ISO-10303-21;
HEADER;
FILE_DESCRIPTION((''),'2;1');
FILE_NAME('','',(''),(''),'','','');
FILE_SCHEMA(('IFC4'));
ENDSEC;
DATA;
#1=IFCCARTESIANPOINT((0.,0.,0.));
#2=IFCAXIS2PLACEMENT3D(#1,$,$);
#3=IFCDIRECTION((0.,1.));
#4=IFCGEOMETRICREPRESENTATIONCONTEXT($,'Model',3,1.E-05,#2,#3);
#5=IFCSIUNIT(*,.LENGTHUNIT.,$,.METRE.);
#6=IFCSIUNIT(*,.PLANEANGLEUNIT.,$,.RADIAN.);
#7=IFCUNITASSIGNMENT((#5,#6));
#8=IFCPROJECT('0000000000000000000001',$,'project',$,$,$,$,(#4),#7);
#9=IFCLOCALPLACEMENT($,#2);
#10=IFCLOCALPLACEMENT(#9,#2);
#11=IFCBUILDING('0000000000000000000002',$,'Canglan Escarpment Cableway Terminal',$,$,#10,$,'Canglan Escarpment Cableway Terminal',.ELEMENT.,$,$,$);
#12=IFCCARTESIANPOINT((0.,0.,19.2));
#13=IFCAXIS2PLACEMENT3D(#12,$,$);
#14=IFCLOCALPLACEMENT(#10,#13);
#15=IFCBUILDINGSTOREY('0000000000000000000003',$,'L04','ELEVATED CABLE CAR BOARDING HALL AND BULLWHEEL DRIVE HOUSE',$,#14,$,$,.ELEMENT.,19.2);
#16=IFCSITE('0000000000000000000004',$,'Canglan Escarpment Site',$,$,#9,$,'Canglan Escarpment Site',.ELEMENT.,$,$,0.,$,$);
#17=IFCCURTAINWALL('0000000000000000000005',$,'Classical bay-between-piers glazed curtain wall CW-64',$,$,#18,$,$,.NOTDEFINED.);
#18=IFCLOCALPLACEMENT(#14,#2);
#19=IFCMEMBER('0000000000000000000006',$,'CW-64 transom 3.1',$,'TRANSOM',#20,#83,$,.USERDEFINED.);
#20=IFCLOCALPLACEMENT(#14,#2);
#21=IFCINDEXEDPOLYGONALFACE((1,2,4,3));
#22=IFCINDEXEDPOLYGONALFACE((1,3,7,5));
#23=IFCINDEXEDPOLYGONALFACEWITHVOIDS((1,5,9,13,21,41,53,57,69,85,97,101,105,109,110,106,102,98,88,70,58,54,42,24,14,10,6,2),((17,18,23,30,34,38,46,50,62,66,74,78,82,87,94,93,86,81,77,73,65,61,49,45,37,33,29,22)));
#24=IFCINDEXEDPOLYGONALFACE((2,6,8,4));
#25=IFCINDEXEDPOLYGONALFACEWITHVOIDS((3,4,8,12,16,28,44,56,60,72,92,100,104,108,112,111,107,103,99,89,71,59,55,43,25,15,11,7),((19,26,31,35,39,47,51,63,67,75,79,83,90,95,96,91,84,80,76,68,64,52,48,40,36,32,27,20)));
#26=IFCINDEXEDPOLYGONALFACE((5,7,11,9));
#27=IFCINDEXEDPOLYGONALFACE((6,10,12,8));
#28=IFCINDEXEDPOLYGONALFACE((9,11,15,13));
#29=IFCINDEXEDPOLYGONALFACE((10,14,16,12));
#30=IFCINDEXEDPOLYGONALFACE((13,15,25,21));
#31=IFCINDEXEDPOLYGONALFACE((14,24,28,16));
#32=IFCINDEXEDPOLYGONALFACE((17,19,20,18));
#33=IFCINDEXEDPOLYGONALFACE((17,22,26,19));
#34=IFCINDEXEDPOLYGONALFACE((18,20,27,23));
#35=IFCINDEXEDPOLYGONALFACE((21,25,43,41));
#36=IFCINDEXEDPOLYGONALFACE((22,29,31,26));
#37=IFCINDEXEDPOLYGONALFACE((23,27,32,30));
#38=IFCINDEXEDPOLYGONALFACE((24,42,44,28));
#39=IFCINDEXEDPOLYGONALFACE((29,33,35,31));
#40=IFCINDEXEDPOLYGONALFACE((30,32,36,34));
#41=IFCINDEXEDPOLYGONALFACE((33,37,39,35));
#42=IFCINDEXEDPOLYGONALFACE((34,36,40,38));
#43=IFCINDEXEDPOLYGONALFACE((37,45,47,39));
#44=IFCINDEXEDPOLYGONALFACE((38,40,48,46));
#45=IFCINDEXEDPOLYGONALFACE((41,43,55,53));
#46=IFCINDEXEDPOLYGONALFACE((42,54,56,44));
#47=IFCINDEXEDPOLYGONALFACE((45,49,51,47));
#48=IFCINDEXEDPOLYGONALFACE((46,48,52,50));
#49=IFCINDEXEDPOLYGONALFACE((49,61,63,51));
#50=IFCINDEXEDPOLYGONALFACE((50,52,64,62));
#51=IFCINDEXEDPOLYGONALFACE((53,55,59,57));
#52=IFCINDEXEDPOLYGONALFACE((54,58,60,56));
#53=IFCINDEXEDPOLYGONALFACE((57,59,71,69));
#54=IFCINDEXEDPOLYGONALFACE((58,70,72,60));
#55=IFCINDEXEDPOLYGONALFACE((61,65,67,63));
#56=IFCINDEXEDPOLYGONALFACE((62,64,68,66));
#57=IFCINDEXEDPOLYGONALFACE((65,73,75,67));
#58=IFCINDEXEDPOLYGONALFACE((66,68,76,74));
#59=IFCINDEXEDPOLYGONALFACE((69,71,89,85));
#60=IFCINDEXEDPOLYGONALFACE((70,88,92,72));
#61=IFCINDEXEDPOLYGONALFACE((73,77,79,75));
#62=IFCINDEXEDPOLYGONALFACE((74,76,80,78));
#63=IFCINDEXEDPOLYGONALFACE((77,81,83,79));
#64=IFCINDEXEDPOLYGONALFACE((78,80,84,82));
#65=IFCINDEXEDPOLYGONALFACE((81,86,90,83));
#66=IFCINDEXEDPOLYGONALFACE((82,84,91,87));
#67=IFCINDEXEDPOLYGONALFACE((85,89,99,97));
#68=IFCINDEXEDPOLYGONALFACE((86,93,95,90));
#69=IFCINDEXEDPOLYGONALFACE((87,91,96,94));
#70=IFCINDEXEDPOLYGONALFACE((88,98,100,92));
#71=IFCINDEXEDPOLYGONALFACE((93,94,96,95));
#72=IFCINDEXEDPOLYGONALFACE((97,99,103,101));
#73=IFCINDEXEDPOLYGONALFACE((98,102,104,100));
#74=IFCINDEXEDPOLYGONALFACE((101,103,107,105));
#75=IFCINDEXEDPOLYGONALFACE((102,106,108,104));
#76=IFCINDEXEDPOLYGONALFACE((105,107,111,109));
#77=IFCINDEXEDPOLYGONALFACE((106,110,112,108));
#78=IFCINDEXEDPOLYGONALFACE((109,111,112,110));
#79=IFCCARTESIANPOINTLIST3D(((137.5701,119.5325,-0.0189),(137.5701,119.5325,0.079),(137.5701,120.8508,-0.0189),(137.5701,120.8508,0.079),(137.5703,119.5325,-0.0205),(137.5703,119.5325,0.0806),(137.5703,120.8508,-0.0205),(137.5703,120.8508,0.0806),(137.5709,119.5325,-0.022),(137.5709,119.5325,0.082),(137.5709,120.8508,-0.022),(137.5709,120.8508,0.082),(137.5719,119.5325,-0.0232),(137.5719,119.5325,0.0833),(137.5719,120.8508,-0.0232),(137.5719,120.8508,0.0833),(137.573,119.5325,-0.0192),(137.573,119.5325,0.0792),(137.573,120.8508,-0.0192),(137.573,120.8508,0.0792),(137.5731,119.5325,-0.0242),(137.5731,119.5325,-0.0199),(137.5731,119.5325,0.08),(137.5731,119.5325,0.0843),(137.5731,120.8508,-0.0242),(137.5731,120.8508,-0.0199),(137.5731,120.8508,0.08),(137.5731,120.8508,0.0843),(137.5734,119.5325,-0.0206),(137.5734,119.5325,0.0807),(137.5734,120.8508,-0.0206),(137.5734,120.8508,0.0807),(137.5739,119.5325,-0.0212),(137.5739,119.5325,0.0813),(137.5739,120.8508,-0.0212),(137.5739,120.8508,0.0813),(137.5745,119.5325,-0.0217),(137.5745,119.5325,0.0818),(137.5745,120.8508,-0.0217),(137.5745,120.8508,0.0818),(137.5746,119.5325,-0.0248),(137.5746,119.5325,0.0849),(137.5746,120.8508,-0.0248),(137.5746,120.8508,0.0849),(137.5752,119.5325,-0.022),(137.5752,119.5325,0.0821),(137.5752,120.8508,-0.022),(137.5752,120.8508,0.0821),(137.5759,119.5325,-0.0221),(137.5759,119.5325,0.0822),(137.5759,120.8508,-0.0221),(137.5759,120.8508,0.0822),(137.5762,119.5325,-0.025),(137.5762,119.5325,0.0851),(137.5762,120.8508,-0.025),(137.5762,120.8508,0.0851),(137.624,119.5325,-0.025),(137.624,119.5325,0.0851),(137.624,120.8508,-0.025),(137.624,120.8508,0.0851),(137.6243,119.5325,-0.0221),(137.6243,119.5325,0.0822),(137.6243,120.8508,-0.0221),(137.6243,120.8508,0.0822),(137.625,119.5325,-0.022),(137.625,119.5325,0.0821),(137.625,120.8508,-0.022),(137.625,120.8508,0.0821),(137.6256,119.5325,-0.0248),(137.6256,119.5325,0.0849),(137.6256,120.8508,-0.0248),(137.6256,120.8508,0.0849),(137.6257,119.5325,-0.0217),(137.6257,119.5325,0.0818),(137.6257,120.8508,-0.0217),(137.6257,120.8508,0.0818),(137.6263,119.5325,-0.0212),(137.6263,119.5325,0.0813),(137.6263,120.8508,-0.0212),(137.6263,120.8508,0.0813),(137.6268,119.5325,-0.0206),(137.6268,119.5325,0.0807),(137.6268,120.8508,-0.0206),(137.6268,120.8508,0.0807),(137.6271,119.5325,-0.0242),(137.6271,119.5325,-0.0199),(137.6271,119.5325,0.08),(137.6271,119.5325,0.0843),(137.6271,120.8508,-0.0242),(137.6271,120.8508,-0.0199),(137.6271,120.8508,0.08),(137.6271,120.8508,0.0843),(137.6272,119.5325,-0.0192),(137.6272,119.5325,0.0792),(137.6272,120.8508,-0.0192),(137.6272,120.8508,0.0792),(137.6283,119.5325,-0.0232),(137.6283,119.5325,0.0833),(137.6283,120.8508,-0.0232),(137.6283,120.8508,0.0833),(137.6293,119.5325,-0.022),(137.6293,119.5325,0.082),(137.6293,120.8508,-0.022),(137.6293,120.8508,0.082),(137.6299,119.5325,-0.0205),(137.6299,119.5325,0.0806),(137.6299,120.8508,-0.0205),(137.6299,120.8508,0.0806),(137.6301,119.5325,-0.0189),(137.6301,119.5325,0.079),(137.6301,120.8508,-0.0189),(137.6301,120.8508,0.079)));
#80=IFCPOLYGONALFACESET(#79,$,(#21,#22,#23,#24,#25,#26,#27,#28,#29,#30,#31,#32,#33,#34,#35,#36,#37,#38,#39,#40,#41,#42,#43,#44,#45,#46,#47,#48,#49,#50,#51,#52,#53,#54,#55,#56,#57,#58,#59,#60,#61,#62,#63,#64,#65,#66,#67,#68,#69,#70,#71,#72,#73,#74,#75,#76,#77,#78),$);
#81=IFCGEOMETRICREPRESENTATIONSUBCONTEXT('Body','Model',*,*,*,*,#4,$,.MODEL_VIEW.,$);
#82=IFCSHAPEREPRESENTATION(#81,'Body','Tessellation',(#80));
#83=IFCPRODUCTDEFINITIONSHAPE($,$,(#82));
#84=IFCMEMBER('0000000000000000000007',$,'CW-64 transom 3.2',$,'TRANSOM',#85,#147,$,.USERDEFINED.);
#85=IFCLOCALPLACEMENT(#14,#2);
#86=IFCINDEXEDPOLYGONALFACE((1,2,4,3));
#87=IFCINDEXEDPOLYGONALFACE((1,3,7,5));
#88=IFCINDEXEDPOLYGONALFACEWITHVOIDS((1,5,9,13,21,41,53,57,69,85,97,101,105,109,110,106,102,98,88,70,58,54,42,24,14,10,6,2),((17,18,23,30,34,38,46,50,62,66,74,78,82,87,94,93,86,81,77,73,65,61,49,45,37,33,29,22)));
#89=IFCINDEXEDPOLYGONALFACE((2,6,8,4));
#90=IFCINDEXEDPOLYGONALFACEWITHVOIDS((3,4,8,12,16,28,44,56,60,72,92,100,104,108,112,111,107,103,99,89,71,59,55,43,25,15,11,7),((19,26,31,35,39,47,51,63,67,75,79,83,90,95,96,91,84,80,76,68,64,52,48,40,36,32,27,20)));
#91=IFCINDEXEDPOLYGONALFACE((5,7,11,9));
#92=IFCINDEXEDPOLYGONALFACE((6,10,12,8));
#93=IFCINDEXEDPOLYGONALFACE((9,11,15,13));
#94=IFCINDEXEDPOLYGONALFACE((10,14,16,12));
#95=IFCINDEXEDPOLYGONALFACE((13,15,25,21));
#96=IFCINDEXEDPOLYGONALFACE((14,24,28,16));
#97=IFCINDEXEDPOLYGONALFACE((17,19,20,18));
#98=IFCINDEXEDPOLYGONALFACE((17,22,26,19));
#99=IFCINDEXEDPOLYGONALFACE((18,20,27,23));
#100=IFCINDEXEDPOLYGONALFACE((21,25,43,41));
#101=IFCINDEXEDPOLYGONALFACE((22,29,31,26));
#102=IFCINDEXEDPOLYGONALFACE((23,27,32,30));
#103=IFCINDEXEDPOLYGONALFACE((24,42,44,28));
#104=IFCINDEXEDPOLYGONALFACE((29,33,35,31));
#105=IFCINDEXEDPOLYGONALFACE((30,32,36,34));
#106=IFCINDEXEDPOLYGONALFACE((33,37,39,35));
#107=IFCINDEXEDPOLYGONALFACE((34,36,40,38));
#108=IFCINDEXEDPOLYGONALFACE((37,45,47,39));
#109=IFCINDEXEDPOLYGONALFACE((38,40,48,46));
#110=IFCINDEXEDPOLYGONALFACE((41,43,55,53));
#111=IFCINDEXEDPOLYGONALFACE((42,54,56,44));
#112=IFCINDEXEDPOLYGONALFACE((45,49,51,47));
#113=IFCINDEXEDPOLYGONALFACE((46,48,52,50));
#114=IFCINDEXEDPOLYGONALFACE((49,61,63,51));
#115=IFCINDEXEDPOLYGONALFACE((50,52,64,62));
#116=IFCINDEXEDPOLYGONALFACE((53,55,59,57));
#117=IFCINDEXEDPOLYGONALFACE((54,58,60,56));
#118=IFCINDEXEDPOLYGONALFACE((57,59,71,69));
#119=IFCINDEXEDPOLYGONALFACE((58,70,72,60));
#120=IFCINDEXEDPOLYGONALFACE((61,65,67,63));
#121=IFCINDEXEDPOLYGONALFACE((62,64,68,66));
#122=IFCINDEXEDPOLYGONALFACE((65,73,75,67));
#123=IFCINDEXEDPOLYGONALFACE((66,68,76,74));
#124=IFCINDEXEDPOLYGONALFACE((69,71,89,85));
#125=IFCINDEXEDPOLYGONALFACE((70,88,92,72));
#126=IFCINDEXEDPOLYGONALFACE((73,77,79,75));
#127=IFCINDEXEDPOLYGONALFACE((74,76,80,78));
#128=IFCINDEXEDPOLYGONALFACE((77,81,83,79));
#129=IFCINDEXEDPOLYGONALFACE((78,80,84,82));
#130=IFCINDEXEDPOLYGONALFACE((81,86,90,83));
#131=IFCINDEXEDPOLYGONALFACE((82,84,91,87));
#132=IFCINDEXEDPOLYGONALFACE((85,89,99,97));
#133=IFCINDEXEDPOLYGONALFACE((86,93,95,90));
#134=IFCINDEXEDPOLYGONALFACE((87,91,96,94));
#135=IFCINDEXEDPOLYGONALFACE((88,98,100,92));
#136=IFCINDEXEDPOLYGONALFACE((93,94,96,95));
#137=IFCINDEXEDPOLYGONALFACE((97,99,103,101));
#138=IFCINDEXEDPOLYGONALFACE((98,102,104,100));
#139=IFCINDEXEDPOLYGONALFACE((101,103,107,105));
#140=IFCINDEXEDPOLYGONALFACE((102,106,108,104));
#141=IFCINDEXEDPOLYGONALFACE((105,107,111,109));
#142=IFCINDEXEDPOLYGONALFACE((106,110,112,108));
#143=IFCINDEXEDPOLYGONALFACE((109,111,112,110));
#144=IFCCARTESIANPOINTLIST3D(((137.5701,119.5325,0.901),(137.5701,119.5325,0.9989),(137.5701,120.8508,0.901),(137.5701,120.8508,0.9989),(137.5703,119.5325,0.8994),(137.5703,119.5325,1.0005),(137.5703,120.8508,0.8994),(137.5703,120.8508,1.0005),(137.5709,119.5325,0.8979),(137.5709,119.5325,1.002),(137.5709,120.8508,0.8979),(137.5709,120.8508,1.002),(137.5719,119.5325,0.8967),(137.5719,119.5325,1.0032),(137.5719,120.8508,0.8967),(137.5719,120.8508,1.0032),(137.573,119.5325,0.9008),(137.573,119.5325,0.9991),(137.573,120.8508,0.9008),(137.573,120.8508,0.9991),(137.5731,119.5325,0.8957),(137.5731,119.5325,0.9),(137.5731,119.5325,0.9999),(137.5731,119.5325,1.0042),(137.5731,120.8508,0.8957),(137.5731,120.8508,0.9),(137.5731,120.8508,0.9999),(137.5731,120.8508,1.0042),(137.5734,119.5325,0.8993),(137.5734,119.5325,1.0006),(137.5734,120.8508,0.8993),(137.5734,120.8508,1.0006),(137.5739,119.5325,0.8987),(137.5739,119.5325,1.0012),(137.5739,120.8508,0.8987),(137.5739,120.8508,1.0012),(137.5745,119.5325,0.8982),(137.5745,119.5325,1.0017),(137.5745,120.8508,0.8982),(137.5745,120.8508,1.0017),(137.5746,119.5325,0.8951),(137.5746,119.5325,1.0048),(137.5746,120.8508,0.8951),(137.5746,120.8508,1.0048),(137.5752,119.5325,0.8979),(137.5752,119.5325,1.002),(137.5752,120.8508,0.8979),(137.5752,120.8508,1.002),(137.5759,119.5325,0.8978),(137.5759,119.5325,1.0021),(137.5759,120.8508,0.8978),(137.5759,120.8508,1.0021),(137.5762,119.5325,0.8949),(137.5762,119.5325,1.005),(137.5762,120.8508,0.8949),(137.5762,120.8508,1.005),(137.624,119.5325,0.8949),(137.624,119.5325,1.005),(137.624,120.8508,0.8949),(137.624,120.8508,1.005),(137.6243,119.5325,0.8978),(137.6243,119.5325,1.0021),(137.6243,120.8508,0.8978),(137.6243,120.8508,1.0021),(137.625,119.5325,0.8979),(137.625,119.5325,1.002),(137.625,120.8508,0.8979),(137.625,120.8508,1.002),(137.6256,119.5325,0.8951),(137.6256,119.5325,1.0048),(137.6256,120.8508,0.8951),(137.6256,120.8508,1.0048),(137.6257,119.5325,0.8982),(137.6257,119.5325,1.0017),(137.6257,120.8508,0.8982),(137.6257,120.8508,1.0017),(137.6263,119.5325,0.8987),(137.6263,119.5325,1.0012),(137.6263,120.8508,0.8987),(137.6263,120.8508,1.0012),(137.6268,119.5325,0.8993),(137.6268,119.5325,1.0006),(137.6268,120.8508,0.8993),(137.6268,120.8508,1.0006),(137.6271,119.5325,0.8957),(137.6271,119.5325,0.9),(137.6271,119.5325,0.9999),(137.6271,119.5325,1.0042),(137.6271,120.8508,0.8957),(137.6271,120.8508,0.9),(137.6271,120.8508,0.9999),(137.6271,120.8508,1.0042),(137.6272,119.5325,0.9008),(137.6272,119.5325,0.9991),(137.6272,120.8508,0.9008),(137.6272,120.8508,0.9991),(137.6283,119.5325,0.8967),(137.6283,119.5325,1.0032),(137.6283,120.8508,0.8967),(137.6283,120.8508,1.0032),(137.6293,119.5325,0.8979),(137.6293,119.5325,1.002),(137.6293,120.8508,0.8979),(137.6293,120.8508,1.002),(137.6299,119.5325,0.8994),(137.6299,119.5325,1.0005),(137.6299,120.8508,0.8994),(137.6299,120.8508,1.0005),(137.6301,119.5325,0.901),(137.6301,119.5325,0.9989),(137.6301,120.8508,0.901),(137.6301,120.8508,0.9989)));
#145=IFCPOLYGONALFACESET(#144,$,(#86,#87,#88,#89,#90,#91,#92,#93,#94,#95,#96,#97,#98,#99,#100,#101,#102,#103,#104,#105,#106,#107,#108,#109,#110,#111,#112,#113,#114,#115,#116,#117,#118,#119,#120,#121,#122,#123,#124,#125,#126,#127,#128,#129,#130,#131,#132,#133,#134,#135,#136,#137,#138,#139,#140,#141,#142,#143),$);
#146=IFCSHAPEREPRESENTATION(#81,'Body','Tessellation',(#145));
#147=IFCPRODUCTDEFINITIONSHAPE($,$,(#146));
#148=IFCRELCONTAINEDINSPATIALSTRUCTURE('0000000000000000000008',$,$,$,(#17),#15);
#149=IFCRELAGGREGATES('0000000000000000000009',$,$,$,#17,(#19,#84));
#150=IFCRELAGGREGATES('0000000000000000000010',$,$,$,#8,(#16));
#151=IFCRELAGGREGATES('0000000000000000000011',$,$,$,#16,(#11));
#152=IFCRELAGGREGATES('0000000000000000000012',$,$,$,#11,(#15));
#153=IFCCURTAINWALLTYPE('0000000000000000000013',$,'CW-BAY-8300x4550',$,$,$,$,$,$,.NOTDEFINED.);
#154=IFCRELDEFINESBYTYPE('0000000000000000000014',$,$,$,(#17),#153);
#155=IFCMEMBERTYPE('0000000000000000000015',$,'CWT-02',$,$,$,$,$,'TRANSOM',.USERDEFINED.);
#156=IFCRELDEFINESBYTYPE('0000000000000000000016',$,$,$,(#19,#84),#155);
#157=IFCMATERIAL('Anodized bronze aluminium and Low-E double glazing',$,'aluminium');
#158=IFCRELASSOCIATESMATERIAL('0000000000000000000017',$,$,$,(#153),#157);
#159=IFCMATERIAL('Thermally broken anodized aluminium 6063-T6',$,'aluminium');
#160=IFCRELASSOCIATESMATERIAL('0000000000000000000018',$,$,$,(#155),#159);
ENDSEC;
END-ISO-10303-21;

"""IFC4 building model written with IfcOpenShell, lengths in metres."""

from ifc_helpers import new_model, si_unit, direction, frame, origin, origin_2d, place, context, subcontext, project, spatial, hollow_rectangle, extrude, material, material_profile, profile_set, type_object, element, aggregate, save


model = new_model("IFC4")

# Units and contexts
model_context = context("Model", 3, precision=1e-05, world=origin(), true_north=direction((0.0, 1.0)))
body_context = subcontext(model_context, "Body", "Model", "MODEL_VIEW")
ifc_project = project(units=[si_unit("LENGTHUNIT", "METRE"), si_unit("PLANEANGLEUNIT", "RADIAN")], contexts=[model_context])

# Site, building, storey
site_placement = place(None, origin())
site = spatial("IfcSite", under=ifc_project, at=site_placement, Name="Canglan Escarpment Site", LongName="Canglan Escarpment Site", CompositionType="ELEMENT", RefElevation=0.0)
building_placement = place(site_placement, origin())
building = spatial("IfcBuilding", under=site, at=building_placement, Name="Canglan Escarpment Cableway Terminal", LongName="Canglan Escarpment Cableway Terminal", CompositionType="ELEMENT")
storey_placement = place(building_placement, frame((0.0, 0.0, 19.2)))
storey = spatial("IfcBuildingStorey", under=building, at=storey_placement, Name="L04", Description="ELEVATED CABLE CAR BOARDING HALL AND BULLWHEEL DRIVE HOUSE", CompositionType="ELEMENT", Elevation=19.2)

# Curtain wall, members
ifc_material_1 = material(Name="Anodized bronze aluminium and Low-E double glazing", Category="aluminium")
curtain_wall_type = type_object("IfcCurtainWallType", Name="CW-BAY-8300x4550", PredefinedType="NOTDEFINED", material=ifc_material_1)
curtain_wall_placement = place(storey_placement, origin())
curtain_wall = element("IfcCurtainWall", 1, at=curtain_wall_placement, inside=storey, type_object=curtain_wall_type, Name="Classical bay-between-piers glazed curtain wall CW-64", PredefinedType="NOTDEFINED")
ifc_material_2 = material(Name="Thermally broken anodized aluminium 6063-T6", Category="aluminium")
ifc_material_profile_1 = material_profile(ifc_material_2, hollow_rectangle(XDim=0.0601, YDim=0.1101, WallThickness=0.0029, InnerFilletRadius=0.0029, OuterFilletRadius=0.0061, at=origin_2d()), Name="ALU-TRAN 60x110x3")
ifc_profile_set_1 = profile_set([ifc_material_profile_1], Name="Thermally broken anodized aluminium 6063-T6")
member_type_1 = type_object("IfcMemberType", Name="CWT-02", ElementType="TRANSOM", PredefinedType="USERDEFINED", material=ifc_profile_set_1)
member_1_placement = place(storey_placement, frame((137.6001, 120.8508, 0.03), z_axis=(0.0, -1.0, 0.0), x_axis=(1.0, 0.0, 0.0)))
member_1 = element("IfcMember", 2, at=member_1_placement, type_object=member_type_1, Name="CW-64 transom 3.1", ObjectType="TRANSOM", PredefinedType="USERDEFINED", context=body_context, shape_type="SweptSolid", body=[
    extrude(hollow_rectangle(XDim=0.0601, YDim=0.1101, WallThickness=0.0029, InnerFilletRadius=0.0029, OuterFilletRadius=0.0061, at=origin_2d()), origin(), (0.0, 0.0, 1.0), 1.3184),
])
member_2_placement = place(storey_placement, frame((137.6001, 120.8508, 0.95), z_axis=(0.0, -1.0, 0.0), x_axis=(1.0, 0.0, 0.0)))
member_2 = element("IfcMember", 3, at=member_2_placement, type_object=member_type_1, Name="CW-64 transom 3.2", ObjectType="TRANSOM", PredefinedType="USERDEFINED", context=body_context, shape_type="SweptSolid", body=[
    extrude(hollow_rectangle(XDim=0.0601, YDim=0.1101, WallThickness=0.0029, InnerFilletRadius=0.0029, OuterFilletRadius=0.0061, at=origin_2d()), origin(), (0.0, 0.0, 1.0), 1.3184),
])
aggregate(curtain_wall, [member_1, member_2])

save(model, "model.ifc")
